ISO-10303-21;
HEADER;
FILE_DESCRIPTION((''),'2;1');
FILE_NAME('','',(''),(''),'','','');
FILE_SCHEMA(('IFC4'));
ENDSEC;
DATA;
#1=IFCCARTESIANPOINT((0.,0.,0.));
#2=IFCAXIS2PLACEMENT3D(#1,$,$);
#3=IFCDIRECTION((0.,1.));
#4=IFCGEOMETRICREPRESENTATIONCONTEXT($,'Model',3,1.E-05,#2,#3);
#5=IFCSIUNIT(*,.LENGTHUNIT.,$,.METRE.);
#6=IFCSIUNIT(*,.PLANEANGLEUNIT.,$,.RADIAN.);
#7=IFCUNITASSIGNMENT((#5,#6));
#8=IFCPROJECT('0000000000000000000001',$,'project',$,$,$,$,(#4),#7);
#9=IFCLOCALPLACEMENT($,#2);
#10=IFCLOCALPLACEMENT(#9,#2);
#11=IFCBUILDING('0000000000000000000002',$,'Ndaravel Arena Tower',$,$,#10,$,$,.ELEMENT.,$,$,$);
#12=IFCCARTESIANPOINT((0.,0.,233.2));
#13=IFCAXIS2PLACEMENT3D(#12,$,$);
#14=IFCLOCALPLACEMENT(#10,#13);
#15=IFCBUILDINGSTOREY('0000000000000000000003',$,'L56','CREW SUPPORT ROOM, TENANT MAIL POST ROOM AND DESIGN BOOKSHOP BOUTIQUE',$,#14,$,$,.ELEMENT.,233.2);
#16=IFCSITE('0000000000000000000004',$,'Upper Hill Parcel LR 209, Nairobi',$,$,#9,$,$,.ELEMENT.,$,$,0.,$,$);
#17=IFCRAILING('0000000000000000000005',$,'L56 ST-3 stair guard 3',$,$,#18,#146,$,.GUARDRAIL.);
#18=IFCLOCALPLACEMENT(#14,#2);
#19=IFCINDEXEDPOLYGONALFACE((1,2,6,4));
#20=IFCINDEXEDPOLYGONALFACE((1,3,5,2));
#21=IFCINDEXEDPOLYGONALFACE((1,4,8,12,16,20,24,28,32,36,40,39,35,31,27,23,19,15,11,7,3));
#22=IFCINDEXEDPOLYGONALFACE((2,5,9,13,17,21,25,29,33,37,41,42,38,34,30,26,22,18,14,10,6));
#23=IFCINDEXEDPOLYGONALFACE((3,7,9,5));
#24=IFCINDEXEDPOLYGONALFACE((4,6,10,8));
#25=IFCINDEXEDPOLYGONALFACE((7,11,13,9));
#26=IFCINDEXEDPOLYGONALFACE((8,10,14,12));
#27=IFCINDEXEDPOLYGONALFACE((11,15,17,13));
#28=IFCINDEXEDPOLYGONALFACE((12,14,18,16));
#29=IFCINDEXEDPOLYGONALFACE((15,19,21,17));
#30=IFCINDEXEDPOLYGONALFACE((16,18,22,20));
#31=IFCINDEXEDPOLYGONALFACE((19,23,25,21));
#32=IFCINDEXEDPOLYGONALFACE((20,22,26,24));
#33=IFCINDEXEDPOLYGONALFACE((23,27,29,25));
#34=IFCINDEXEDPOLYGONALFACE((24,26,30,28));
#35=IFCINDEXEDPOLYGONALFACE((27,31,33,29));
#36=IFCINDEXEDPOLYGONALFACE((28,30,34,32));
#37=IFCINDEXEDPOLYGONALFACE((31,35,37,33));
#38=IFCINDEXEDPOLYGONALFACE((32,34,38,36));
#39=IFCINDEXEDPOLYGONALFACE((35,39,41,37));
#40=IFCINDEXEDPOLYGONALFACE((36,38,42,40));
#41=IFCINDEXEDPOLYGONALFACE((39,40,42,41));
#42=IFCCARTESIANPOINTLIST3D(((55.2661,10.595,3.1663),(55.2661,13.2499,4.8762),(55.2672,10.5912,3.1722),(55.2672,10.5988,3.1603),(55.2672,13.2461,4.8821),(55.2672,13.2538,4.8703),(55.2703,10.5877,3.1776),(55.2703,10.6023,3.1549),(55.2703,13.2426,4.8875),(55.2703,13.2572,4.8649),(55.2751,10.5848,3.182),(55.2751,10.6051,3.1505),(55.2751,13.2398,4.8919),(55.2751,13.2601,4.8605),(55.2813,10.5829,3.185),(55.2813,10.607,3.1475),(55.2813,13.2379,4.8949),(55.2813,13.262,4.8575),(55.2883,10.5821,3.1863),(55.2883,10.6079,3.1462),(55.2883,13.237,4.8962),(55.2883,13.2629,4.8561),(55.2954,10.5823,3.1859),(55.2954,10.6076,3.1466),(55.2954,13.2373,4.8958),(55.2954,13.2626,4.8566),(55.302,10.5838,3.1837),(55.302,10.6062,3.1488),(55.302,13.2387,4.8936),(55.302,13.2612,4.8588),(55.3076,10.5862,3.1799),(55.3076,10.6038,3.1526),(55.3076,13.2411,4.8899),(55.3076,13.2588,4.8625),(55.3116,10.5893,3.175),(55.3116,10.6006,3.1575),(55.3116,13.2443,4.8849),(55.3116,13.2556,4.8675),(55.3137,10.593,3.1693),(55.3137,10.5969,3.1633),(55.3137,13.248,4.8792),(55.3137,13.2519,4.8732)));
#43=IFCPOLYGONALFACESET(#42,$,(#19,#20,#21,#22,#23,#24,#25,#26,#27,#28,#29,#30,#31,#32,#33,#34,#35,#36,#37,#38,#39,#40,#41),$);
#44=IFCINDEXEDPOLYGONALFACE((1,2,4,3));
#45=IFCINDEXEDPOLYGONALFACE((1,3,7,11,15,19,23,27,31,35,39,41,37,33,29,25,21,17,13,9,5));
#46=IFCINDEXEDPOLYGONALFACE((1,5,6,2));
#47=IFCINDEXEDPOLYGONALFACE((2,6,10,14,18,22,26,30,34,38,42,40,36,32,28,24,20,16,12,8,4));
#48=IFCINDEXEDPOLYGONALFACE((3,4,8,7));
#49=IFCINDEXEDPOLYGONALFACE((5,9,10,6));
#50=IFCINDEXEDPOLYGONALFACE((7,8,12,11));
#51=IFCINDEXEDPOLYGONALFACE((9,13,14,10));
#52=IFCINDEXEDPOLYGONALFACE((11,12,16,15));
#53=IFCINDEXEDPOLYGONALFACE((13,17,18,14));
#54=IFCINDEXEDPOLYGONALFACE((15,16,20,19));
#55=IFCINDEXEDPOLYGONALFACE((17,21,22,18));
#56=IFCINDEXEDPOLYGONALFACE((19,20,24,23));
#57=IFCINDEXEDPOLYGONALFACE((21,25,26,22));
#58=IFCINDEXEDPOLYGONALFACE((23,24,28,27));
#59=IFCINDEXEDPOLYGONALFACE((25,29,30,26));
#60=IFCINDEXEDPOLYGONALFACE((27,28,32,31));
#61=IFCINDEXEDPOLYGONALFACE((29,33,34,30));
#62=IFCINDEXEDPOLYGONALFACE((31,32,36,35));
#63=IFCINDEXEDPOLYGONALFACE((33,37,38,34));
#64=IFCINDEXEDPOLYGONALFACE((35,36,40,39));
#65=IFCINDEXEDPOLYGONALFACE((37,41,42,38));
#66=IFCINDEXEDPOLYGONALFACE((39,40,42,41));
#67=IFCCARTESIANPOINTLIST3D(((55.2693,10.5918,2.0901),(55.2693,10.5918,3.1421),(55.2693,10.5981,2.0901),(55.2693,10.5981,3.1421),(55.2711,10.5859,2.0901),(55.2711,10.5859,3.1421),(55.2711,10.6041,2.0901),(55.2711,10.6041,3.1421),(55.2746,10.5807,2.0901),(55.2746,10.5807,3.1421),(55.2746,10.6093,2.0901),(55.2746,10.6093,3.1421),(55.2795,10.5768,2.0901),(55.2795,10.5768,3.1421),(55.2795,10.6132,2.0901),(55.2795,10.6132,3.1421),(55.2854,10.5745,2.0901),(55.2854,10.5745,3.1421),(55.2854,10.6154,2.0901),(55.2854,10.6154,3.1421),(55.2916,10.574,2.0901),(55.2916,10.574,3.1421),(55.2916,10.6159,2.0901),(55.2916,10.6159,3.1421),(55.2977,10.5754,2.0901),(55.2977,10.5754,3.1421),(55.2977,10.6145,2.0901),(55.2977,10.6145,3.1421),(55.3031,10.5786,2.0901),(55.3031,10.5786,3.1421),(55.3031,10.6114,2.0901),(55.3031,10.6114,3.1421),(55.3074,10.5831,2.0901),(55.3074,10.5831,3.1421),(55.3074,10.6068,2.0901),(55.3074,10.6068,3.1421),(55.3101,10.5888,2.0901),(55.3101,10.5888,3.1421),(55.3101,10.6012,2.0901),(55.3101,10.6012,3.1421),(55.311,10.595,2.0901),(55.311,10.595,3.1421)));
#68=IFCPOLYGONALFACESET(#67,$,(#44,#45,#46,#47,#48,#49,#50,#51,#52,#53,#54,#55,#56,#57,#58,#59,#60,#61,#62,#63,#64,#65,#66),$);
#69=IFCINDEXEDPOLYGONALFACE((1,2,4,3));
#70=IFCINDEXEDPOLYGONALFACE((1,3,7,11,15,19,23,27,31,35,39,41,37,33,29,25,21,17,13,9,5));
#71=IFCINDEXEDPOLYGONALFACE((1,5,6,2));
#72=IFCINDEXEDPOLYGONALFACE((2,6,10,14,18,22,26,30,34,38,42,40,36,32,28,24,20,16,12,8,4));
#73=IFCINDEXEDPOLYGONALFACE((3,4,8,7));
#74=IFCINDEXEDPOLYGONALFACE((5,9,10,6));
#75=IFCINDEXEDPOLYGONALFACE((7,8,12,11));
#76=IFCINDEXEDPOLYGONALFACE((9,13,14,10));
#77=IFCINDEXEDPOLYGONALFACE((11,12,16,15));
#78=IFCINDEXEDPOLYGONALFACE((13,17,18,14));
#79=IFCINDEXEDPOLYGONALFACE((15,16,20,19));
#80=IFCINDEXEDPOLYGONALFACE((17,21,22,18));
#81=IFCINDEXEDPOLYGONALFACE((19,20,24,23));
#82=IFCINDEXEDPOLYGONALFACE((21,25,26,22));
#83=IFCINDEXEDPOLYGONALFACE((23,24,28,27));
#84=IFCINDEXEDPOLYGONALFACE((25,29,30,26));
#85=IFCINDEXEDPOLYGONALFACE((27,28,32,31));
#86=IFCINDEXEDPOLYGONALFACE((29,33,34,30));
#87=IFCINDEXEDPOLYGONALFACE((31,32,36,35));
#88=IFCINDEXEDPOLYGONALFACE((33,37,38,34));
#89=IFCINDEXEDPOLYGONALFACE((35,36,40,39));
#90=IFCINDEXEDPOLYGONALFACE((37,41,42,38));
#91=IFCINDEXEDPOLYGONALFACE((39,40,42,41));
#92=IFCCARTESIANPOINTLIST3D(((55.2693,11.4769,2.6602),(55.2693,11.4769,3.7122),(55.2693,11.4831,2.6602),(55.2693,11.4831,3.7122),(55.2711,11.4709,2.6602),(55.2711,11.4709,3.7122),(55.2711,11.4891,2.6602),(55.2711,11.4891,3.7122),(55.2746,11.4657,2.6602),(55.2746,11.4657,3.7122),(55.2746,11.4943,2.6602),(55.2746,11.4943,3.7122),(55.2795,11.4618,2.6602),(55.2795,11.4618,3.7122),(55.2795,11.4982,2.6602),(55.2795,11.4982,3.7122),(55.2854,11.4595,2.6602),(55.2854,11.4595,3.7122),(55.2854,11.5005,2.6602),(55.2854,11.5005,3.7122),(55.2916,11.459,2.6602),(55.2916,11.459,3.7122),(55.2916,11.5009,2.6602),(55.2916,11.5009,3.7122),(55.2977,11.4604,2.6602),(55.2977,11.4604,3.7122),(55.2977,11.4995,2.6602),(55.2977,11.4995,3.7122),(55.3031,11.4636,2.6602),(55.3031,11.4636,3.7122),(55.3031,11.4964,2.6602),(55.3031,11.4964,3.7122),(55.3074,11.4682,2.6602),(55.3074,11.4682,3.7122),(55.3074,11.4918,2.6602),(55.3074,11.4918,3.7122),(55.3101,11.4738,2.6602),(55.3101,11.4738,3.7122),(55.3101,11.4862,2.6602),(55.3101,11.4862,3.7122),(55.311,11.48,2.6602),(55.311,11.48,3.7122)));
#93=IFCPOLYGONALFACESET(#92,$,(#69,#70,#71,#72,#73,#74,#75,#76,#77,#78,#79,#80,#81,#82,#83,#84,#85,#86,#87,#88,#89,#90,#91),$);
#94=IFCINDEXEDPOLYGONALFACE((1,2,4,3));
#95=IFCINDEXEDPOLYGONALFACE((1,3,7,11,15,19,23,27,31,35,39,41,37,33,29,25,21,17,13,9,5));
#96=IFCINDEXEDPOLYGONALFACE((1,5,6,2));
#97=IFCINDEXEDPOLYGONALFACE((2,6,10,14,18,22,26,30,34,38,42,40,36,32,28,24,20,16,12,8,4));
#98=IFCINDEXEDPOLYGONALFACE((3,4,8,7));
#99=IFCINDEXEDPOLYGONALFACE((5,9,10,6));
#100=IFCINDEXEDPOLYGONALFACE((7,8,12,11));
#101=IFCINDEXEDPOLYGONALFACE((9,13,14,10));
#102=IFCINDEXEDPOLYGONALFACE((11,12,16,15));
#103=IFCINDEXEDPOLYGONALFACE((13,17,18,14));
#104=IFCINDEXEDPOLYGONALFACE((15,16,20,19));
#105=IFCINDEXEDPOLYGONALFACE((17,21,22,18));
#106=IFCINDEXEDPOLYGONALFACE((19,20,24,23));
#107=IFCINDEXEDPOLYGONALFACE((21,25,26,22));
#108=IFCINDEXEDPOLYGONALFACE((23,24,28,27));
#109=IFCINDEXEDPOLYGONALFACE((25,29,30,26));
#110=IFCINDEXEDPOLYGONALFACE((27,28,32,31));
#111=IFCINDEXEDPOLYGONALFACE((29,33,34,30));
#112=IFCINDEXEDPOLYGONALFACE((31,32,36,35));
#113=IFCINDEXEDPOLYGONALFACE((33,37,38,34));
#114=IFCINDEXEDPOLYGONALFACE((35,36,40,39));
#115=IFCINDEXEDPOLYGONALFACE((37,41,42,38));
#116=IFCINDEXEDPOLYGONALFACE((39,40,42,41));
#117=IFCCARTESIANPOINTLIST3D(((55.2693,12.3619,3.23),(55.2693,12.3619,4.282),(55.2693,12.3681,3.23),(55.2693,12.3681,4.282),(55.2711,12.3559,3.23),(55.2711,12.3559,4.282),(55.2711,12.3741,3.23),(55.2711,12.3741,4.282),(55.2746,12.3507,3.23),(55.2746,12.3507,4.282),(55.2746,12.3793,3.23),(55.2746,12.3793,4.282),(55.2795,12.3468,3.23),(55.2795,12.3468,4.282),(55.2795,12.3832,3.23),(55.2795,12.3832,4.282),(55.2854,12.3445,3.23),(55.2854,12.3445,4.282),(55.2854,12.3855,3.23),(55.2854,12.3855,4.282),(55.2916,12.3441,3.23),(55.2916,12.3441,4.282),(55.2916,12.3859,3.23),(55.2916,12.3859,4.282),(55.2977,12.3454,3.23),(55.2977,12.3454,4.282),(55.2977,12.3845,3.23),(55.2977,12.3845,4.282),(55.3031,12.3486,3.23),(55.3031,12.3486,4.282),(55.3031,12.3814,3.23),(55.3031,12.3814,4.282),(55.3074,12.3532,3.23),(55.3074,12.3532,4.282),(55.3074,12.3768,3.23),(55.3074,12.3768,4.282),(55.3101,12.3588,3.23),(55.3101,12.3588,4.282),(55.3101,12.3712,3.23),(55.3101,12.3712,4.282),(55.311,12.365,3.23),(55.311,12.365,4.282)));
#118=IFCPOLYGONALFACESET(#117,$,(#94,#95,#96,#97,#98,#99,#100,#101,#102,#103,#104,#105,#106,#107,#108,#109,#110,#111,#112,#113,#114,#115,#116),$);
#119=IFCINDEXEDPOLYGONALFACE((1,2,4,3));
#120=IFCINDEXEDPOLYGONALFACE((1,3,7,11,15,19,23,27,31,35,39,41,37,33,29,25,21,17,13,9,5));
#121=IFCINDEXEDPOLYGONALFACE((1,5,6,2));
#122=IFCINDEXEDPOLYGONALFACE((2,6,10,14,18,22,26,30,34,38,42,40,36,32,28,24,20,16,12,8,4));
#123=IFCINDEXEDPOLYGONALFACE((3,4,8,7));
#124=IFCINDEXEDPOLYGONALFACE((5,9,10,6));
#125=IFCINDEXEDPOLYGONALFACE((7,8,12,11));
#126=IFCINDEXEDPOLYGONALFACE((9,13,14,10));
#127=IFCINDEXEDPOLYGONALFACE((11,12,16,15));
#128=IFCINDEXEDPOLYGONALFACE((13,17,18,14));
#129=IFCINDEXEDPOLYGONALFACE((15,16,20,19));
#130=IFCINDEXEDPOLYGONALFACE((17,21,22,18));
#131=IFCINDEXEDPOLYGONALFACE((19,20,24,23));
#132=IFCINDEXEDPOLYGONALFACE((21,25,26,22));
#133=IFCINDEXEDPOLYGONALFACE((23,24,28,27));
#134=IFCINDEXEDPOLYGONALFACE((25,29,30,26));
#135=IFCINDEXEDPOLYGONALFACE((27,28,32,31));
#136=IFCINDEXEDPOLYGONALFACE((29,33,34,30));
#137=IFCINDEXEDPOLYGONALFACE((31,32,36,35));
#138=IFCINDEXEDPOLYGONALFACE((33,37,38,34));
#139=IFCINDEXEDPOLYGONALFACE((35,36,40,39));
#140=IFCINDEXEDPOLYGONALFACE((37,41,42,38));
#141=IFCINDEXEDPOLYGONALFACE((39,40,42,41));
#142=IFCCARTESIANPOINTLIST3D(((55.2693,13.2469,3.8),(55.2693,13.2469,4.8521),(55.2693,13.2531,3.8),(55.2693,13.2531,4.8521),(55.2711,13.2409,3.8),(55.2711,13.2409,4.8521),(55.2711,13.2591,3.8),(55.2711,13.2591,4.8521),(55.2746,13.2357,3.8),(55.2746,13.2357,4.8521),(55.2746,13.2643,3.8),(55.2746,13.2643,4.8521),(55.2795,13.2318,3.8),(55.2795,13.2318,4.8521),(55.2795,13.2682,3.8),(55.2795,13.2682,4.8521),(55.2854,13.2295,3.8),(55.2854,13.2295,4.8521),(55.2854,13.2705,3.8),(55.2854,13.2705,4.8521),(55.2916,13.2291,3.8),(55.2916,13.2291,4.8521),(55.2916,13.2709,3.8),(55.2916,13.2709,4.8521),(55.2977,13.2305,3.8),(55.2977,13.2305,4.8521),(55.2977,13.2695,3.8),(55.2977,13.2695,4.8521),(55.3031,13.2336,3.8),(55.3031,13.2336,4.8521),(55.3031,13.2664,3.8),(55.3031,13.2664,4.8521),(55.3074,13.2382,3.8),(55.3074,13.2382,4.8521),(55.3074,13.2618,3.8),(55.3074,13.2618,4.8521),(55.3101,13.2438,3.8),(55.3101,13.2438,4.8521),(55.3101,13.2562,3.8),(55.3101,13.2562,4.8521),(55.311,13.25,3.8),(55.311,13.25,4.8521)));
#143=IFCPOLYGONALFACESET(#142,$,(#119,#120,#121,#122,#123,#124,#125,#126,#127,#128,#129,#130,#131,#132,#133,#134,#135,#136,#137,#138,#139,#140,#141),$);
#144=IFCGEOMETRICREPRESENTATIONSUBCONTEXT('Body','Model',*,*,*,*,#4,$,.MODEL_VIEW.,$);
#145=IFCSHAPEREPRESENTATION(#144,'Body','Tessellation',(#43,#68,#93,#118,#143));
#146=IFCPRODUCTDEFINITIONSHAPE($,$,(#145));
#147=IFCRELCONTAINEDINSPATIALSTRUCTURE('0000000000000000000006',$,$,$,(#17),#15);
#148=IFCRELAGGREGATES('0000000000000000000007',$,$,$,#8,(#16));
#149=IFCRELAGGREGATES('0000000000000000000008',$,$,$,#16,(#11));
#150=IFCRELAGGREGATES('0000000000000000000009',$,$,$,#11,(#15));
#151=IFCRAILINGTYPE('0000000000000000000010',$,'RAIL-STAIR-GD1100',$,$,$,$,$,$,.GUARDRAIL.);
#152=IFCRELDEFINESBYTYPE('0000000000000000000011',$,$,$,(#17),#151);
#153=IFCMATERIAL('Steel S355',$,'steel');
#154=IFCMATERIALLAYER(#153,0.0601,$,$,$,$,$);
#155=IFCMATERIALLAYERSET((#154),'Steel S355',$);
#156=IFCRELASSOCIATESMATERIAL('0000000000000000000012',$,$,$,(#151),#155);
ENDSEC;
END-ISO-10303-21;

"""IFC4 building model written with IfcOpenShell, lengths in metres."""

from ifc_helpers import new_model, si_unit, direction, frame, origin, origin_2d, place, context, subcontext, project, spatial, circle, extrude, material, layer, layer_set, type_object, element, save


model = new_model("IFC4")

# Units and contexts
model_context = context("Model", 3, precision=1e-05, world=origin(), true_north=direction((0.0, 1.0)))
body_context = subcontext(model_context, "Body", "Model", "MODEL_VIEW")
ifc_project = project(units=[si_unit("LENGTHUNIT", "METRE"), si_unit("PLANEANGLEUNIT", "RADIAN")], contexts=[model_context])

# Site, building, storey
site_placement = place(None, origin())
site = spatial("IfcSite", under=ifc_project, at=site_placement, Name="Upper Hill Parcel LR 209, Nairobi", CompositionType="ELEMENT", RefElevation=0.0)
building_placement = place(site_placement, origin())
building = spatial("IfcBuilding", under=site, at=building_placement, Name="Ndaravel Arena Tower", CompositionType="ELEMENT")
storey_placement = place(building_placement, frame((0.0, 0.0, 233.2)))
storey = spatial("IfcBuildingStorey", under=building, at=storey_placement, Name="L56", Description="CREW SUPPORT ROOM, TENANT MAIL POST ROOM AND DESIGN BOOKSHOP BOUTIQUE", CompositionType="ELEMENT", Elevation=233.2)

# Railing
ifc_material_1 = material(Name="Steel S355", Category="steel")
ifc_layer_1 = layer(ifc_material_1, 0.0601)
ifc_layer_set_1 = layer_set([ifc_layer_1], Name="Steel S355")
railing_type_1 = type_object("IfcRailingType", Name="RAIL-STAIR-GD1100", PredefinedType="GUARDRAIL", material=ifc_layer_set_1)
railing_1_placement = place(storey_placement, frame((55.29, 10.595, 2.0901)))
element("IfcRailing", 1, at=railing_1_placement, inside=storey, type_object=railing_type_1, Name="L56 ST-3 stair guard 3", PredefinedType="GUARDRAIL", context=body_context, shape_type="SweptSolid", body=[
    extrude(circle(Radius=0.0239, at=origin_2d()), frame((0.0, 0.0, 1.0762), z_axis=(0.0, 0.840724, 0.541465), x_axis=(-1.0, 0.0, 0.0)), (0.0, 0.0, 1.0), 3.158),
    extrude(circle(Radius=0.021, at=origin_2d()), origin(), (0.0, 0.0, 1.0), 1.052),
    extrude(circle(Radius=0.021, at=origin_2d()), frame((0.0, 0.885, 0.5701)), (0.0, 0.0, 1.0), 1.052),
    extrude(circle(Radius=0.021, at=origin_2d()), frame((0.0, 1.77, 1.1399)), (0.0, 0.0, 1.0), 1.052),
    extrude(circle(Radius=0.021, at=origin_2d()), frame((0.0, 2.655, 1.71)), (0.0, 0.0, 1.0), 1.052),
])

save(model, "model.ifc")
